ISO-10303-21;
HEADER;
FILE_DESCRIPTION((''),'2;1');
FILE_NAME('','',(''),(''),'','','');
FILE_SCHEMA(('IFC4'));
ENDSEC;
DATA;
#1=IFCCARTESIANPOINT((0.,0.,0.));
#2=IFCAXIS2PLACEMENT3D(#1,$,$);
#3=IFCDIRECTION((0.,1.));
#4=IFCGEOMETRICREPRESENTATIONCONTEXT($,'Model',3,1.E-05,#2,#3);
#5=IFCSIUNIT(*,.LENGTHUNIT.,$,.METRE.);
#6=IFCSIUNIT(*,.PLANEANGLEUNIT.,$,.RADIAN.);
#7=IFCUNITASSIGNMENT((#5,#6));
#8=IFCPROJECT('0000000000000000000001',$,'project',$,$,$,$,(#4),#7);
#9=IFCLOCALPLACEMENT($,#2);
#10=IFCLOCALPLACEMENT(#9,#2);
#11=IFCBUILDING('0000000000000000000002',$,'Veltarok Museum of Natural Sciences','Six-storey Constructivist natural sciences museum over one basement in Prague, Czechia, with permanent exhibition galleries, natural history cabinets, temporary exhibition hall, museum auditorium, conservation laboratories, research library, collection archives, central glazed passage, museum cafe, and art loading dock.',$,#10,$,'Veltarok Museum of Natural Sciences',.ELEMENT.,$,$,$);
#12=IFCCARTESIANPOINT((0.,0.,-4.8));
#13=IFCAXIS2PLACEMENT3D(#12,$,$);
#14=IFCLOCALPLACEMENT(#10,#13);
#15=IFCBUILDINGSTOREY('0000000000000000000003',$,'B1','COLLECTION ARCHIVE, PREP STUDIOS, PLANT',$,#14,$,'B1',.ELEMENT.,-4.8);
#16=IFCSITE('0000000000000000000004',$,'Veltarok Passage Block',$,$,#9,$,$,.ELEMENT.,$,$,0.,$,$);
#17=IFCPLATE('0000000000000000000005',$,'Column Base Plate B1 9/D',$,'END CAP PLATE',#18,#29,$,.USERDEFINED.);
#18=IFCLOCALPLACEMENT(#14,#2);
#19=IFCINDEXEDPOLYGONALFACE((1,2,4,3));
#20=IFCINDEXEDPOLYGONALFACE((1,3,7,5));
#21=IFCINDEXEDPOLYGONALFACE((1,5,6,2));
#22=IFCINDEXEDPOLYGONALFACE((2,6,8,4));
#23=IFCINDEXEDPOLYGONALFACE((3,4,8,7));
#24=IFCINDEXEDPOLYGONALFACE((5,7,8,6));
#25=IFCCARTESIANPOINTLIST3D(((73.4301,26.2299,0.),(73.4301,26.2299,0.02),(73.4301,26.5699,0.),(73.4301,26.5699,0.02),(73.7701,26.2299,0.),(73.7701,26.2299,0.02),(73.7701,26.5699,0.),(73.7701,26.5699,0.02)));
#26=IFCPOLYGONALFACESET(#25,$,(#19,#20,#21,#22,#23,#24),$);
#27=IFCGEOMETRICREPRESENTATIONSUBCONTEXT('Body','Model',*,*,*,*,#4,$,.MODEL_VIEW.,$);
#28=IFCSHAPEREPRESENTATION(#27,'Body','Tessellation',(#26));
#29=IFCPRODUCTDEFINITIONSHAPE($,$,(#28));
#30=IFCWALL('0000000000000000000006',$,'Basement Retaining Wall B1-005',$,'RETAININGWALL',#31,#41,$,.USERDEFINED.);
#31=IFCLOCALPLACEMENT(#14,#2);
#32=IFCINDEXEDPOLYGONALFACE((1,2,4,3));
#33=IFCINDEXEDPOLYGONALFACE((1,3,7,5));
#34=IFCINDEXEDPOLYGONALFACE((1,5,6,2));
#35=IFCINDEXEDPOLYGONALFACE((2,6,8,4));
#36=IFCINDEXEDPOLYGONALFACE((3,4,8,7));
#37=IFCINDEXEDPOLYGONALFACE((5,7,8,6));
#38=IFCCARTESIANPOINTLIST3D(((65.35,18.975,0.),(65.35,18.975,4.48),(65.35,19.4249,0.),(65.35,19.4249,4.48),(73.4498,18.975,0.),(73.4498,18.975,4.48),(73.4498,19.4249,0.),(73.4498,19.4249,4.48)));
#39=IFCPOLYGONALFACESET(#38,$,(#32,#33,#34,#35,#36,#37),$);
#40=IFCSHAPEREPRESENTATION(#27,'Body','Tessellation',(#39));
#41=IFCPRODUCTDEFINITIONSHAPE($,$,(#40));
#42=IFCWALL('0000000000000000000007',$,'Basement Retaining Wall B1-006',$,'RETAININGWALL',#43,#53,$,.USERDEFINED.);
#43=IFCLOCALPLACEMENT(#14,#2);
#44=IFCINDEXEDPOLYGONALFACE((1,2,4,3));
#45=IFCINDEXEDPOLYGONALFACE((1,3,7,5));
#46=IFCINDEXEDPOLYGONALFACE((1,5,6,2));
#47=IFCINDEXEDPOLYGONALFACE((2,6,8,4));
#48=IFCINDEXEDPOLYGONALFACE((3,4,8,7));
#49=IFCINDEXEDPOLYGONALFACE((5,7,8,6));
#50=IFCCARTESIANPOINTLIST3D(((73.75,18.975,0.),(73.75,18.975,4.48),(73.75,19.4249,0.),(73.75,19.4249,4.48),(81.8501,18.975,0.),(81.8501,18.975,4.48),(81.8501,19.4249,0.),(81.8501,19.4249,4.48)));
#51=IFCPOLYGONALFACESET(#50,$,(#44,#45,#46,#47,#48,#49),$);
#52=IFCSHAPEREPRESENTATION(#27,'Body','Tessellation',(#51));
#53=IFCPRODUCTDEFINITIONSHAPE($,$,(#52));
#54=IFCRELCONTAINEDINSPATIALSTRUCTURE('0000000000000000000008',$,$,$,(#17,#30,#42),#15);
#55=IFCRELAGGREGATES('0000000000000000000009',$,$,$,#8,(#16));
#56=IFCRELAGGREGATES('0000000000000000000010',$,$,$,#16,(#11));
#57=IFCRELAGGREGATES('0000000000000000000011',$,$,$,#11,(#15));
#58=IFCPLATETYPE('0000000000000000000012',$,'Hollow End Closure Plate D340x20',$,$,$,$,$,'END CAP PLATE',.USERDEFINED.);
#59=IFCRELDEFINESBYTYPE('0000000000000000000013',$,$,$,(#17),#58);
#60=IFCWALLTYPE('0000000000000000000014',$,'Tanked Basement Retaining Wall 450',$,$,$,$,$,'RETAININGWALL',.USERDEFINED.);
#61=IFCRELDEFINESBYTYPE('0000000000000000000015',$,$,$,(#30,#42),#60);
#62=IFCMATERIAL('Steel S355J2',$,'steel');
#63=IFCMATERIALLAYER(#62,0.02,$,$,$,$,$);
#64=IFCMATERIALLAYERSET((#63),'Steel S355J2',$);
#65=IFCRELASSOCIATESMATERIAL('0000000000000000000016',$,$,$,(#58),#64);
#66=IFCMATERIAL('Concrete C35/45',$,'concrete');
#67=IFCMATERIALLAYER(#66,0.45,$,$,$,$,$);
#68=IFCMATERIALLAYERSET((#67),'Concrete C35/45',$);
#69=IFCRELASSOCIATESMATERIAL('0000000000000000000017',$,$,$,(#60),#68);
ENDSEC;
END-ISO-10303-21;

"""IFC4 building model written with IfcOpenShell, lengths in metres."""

from ifc_helpers import new_model, si_unit, direction, frame, frame_2d, origin, origin_2d, place, context, subcontext, project, spatial, rectangle, extrude, material, layer, layer_set, type_object, element, save


model = new_model("IFC4")

# Units and contexts
model_context = context("Model", 3, precision=1e-05, world=origin(), true_north=direction((0.0, 1.0)))
body_context = subcontext(model_context, "Body", "Model", "MODEL_VIEW")
ifc_project = project(units=[si_unit("LENGTHUNIT", "METRE"), si_unit("PLANEANGLEUNIT", "RADIAN")], contexts=[model_context])

# Site, building, storey
site_placement = place(None, origin())
site = spatial("IfcSite", under=ifc_project, at=site_placement, Name="Veltarok Passage Block", CompositionType="ELEMENT", RefElevation=0.0)
building_placement = place(site_placement, origin())
building = spatial("IfcBuilding", under=site, at=building_placement, Name="Veltarok Museum of Natural Sciences", Description="Six-storey Constructivist natural sciences museum over one basement in Prague, Czechia, with permanent exhibition galleries, natural history cabinets, temporary exhibition hall, museum auditorium, conservation laboratories, research library, collection archives, central glazed passage, museum cafe, and art loading dock.", LongName="Veltarok Museum of Natural Sciences", CompositionType="ELEMENT")
storey_placement = place(building_placement, frame((0.0, 0.0, -4.8)))
storey = spatial("IfcBuildingStorey", under=building, at=storey_placement, Name="B1", Description="COLLECTION ARCHIVE, PREP STUDIOS, PLANT", LongName="B1", CompositionType="ELEMENT", Elevation=-4.8)

# Shared definitions
ifc_material_1 = material(Name="Concrete C35/45", Category="concrete")

# Shared definitions
ifc_material_2 = material(Name="Steel S355J2", Category="steel")

# Plate
ifc_layer_1 = layer(ifc_material_2, 0.02)
ifc_layer_set_1 = layer_set([ifc_layer_1], Name="Steel S355J2")
plate_type = type_object("IfcPlateType", Name="Hollow End Closure Plate D340x20", ElementType="END CAP PLATE", PredefinedType="USERDEFINED", material=ifc_layer_set_1)
for number, where, z_axis, x_axis, name in (
    (1, (73.6001, 26.3999, 0.0), (0.0, 0.0, 1.0), (1.0, 0.0, 0.0), "Column Base Plate B1 9/D"),
):
    element("IfcPlate", number, at=place(storey_placement, frame(where, z_axis=z_axis, x_axis=x_axis)), inside=storey, type_object=plate_type, Name=name, ObjectType="END CAP PLATE", PredefinedType="USERDEFINED", context=body_context, shape_type="SweptSolid", body=[
        extrude(rectangle(XDim=0.3401, YDim=0.3401, at=origin_2d()), origin(), (0.0, 0.0, 1.0), 0.02),
    ])

# Walls
ifc_layer_2 = layer(ifc_material_1, 0.45)
ifc_layer_set_2 = layer_set([ifc_layer_2], Name="Concrete C35/45")
wall_type = type_object("IfcWallType", Name="Tanked Basement Retaining Wall 450", ElementType="RETAININGWALL", PredefinedType="USERDEFINED", material=ifc_layer_set_2)
wall_1_placement = place(storey_placement, frame((65.3501, 19.2, 0.0), z_axis=(0.0, 0.0, 1.0), x_axis=(1.0, 0.0, 0.0)))
element("IfcWall", 2, at=wall_1_placement, inside=storey, type_object=wall_type, Name="Basement Retaining Wall B1-005", ObjectType="RETAININGWALL", PredefinedType="USERDEFINED", context=body_context, shape_type="SweptSolid", body=[
    extrude(rectangle(XDim=8.0999, YDim=0.45, at=frame_2d((4.0498, 0.0))), origin(), (0.0, 0.0, 1.0), 4.48),
])
wall_2_placement = place(storey_placement, frame((73.75, 19.2, 0.0), z_axis=(0.0, 0.0, 1.0), x_axis=(1.0, 0.0, 0.0)))
element("IfcWall", 3, at=wall_2_placement, inside=storey, type_object=wall_type, Name="Basement Retaining Wall B1-006", ObjectType="RETAININGWALL", PredefinedType="USERDEFINED", context=body_context, shape_type="SweptSolid", body=[
    extrude(rectangle(XDim=8.1001, YDim=0.45, at=frame_2d((4.05, 0.0))), origin(), (0.0, 0.0, 1.0), 4.48),
])

save(model, "model.ifc")
